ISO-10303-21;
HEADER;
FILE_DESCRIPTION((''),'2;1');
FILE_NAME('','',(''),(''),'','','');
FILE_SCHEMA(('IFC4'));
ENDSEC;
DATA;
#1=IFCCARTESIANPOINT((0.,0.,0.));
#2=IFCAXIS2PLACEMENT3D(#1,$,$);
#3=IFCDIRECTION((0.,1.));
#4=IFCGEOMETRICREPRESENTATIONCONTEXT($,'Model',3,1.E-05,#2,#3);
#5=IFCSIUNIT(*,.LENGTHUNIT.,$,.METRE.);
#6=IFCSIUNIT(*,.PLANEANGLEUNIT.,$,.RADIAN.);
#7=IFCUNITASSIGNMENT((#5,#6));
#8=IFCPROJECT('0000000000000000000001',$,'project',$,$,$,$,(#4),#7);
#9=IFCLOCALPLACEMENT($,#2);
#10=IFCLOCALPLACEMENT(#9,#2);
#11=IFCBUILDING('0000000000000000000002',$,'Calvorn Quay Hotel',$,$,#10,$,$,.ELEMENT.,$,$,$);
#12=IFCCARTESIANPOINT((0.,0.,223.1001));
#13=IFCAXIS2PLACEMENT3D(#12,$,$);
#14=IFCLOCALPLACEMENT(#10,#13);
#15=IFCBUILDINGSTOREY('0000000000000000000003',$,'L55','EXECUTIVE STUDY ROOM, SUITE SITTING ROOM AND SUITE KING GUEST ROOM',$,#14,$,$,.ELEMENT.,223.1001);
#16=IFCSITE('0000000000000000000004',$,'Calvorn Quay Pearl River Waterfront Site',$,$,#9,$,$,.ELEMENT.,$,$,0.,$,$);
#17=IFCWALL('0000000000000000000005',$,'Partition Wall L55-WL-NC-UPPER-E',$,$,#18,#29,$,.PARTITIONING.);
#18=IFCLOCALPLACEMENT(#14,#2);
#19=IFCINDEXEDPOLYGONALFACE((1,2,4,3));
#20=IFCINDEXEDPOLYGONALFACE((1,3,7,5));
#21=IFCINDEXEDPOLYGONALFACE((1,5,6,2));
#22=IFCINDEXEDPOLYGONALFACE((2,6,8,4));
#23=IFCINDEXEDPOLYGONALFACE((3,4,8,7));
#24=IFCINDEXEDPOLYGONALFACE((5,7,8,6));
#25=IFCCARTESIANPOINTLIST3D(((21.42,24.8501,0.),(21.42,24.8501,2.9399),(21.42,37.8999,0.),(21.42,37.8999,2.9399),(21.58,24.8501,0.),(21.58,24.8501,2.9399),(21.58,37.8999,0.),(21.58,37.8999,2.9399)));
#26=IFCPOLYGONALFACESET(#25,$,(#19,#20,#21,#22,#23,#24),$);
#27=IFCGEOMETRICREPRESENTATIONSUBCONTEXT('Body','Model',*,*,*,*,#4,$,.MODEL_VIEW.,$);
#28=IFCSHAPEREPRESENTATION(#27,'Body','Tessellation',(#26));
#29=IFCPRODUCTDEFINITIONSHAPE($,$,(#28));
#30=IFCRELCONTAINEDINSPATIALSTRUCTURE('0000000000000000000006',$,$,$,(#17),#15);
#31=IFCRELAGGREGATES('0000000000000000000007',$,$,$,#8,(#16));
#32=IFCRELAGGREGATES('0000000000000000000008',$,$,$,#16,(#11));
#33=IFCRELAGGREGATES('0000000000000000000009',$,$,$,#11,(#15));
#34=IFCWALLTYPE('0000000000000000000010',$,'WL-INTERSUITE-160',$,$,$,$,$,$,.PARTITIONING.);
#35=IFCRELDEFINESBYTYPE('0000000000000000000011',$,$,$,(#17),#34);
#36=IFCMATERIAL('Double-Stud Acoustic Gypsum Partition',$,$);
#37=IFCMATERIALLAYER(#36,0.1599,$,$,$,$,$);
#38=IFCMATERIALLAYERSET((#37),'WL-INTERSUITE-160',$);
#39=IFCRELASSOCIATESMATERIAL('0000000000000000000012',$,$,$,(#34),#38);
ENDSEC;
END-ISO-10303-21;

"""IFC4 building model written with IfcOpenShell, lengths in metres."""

from ifc_helpers import new_model, si_unit, direction, frame, frame_2d, origin, place, context, subcontext, project, spatial, rectangle, extrude, material, layer, layer_set, type_object, element, save


model = new_model("IFC4")

# Units and contexts
model_context = context("Model", 3, precision=1e-05, world=origin(), true_north=direction((0.0, 1.0)))
body_context = subcontext(model_context, "Body", "Model", "MODEL_VIEW")
ifc_project = project(units=[si_unit("LENGTHUNIT", "METRE"), si_unit("PLANEANGLEUNIT", "RADIAN")], contexts=[model_context])

# Site, building, storey
site_placement = place(None, origin())
site = spatial("IfcSite", under=ifc_project, at=site_placement, Name="Calvorn Quay Pearl River Waterfront Site", CompositionType="ELEMENT", RefElevation=0.0)
building_placement = place(site_placement, origin())
building = spatial("IfcBuilding", under=site, at=building_placement, Name="Calvorn Quay Hotel", CompositionType="ELEMENT")
storey_placement = place(building_placement, frame((0.0, 0.0, 223.1001)))
storey = spatial("IfcBuildingStorey", under=building, at=storey_placement, Name="L55", Description="EXECUTIVE STUDY ROOM, SUITE SITTING ROOM AND SUITE KING GUEST ROOM", CompositionType="ELEMENT", Elevation=223.1001)

# Wall
ifc_material_1 = material(Name="Double-Stud Acoustic Gypsum Partition")
ifc_layer_1 = layer(ifc_material_1, 0.1599)
ifc_layer_set_1 = layer_set([ifc_layer_1], Name="WL-INTERSUITE-160")
wall_type_1 = type_object("IfcWallType", Name="WL-INTERSUITE-160", PredefinedType="PARTITIONING", material=ifc_layer_set_1)
wall_1_placement = place(storey_placement, frame((21.5, 24.8501, 0.0), z_axis=(0.0, 0.0, 1.0), x_axis=(0.0, 1.0, 0.0)))
element("IfcWall", 1, at=wall_1_placement, inside=storey, type_object=wall_type_1, Name="Partition Wall L55-WL-NC-UPPER-E", PredefinedType="PARTITIONING", context=body_context, shape_type="SweptSolid", body=[
    extrude(rectangle(XDim=13.0498, YDim=0.1599, at=frame_2d((6.5249, 0.0))), origin(), (0.0, 0.0, 1.0), 2.9399),
])

save(model, "model.ifc")
